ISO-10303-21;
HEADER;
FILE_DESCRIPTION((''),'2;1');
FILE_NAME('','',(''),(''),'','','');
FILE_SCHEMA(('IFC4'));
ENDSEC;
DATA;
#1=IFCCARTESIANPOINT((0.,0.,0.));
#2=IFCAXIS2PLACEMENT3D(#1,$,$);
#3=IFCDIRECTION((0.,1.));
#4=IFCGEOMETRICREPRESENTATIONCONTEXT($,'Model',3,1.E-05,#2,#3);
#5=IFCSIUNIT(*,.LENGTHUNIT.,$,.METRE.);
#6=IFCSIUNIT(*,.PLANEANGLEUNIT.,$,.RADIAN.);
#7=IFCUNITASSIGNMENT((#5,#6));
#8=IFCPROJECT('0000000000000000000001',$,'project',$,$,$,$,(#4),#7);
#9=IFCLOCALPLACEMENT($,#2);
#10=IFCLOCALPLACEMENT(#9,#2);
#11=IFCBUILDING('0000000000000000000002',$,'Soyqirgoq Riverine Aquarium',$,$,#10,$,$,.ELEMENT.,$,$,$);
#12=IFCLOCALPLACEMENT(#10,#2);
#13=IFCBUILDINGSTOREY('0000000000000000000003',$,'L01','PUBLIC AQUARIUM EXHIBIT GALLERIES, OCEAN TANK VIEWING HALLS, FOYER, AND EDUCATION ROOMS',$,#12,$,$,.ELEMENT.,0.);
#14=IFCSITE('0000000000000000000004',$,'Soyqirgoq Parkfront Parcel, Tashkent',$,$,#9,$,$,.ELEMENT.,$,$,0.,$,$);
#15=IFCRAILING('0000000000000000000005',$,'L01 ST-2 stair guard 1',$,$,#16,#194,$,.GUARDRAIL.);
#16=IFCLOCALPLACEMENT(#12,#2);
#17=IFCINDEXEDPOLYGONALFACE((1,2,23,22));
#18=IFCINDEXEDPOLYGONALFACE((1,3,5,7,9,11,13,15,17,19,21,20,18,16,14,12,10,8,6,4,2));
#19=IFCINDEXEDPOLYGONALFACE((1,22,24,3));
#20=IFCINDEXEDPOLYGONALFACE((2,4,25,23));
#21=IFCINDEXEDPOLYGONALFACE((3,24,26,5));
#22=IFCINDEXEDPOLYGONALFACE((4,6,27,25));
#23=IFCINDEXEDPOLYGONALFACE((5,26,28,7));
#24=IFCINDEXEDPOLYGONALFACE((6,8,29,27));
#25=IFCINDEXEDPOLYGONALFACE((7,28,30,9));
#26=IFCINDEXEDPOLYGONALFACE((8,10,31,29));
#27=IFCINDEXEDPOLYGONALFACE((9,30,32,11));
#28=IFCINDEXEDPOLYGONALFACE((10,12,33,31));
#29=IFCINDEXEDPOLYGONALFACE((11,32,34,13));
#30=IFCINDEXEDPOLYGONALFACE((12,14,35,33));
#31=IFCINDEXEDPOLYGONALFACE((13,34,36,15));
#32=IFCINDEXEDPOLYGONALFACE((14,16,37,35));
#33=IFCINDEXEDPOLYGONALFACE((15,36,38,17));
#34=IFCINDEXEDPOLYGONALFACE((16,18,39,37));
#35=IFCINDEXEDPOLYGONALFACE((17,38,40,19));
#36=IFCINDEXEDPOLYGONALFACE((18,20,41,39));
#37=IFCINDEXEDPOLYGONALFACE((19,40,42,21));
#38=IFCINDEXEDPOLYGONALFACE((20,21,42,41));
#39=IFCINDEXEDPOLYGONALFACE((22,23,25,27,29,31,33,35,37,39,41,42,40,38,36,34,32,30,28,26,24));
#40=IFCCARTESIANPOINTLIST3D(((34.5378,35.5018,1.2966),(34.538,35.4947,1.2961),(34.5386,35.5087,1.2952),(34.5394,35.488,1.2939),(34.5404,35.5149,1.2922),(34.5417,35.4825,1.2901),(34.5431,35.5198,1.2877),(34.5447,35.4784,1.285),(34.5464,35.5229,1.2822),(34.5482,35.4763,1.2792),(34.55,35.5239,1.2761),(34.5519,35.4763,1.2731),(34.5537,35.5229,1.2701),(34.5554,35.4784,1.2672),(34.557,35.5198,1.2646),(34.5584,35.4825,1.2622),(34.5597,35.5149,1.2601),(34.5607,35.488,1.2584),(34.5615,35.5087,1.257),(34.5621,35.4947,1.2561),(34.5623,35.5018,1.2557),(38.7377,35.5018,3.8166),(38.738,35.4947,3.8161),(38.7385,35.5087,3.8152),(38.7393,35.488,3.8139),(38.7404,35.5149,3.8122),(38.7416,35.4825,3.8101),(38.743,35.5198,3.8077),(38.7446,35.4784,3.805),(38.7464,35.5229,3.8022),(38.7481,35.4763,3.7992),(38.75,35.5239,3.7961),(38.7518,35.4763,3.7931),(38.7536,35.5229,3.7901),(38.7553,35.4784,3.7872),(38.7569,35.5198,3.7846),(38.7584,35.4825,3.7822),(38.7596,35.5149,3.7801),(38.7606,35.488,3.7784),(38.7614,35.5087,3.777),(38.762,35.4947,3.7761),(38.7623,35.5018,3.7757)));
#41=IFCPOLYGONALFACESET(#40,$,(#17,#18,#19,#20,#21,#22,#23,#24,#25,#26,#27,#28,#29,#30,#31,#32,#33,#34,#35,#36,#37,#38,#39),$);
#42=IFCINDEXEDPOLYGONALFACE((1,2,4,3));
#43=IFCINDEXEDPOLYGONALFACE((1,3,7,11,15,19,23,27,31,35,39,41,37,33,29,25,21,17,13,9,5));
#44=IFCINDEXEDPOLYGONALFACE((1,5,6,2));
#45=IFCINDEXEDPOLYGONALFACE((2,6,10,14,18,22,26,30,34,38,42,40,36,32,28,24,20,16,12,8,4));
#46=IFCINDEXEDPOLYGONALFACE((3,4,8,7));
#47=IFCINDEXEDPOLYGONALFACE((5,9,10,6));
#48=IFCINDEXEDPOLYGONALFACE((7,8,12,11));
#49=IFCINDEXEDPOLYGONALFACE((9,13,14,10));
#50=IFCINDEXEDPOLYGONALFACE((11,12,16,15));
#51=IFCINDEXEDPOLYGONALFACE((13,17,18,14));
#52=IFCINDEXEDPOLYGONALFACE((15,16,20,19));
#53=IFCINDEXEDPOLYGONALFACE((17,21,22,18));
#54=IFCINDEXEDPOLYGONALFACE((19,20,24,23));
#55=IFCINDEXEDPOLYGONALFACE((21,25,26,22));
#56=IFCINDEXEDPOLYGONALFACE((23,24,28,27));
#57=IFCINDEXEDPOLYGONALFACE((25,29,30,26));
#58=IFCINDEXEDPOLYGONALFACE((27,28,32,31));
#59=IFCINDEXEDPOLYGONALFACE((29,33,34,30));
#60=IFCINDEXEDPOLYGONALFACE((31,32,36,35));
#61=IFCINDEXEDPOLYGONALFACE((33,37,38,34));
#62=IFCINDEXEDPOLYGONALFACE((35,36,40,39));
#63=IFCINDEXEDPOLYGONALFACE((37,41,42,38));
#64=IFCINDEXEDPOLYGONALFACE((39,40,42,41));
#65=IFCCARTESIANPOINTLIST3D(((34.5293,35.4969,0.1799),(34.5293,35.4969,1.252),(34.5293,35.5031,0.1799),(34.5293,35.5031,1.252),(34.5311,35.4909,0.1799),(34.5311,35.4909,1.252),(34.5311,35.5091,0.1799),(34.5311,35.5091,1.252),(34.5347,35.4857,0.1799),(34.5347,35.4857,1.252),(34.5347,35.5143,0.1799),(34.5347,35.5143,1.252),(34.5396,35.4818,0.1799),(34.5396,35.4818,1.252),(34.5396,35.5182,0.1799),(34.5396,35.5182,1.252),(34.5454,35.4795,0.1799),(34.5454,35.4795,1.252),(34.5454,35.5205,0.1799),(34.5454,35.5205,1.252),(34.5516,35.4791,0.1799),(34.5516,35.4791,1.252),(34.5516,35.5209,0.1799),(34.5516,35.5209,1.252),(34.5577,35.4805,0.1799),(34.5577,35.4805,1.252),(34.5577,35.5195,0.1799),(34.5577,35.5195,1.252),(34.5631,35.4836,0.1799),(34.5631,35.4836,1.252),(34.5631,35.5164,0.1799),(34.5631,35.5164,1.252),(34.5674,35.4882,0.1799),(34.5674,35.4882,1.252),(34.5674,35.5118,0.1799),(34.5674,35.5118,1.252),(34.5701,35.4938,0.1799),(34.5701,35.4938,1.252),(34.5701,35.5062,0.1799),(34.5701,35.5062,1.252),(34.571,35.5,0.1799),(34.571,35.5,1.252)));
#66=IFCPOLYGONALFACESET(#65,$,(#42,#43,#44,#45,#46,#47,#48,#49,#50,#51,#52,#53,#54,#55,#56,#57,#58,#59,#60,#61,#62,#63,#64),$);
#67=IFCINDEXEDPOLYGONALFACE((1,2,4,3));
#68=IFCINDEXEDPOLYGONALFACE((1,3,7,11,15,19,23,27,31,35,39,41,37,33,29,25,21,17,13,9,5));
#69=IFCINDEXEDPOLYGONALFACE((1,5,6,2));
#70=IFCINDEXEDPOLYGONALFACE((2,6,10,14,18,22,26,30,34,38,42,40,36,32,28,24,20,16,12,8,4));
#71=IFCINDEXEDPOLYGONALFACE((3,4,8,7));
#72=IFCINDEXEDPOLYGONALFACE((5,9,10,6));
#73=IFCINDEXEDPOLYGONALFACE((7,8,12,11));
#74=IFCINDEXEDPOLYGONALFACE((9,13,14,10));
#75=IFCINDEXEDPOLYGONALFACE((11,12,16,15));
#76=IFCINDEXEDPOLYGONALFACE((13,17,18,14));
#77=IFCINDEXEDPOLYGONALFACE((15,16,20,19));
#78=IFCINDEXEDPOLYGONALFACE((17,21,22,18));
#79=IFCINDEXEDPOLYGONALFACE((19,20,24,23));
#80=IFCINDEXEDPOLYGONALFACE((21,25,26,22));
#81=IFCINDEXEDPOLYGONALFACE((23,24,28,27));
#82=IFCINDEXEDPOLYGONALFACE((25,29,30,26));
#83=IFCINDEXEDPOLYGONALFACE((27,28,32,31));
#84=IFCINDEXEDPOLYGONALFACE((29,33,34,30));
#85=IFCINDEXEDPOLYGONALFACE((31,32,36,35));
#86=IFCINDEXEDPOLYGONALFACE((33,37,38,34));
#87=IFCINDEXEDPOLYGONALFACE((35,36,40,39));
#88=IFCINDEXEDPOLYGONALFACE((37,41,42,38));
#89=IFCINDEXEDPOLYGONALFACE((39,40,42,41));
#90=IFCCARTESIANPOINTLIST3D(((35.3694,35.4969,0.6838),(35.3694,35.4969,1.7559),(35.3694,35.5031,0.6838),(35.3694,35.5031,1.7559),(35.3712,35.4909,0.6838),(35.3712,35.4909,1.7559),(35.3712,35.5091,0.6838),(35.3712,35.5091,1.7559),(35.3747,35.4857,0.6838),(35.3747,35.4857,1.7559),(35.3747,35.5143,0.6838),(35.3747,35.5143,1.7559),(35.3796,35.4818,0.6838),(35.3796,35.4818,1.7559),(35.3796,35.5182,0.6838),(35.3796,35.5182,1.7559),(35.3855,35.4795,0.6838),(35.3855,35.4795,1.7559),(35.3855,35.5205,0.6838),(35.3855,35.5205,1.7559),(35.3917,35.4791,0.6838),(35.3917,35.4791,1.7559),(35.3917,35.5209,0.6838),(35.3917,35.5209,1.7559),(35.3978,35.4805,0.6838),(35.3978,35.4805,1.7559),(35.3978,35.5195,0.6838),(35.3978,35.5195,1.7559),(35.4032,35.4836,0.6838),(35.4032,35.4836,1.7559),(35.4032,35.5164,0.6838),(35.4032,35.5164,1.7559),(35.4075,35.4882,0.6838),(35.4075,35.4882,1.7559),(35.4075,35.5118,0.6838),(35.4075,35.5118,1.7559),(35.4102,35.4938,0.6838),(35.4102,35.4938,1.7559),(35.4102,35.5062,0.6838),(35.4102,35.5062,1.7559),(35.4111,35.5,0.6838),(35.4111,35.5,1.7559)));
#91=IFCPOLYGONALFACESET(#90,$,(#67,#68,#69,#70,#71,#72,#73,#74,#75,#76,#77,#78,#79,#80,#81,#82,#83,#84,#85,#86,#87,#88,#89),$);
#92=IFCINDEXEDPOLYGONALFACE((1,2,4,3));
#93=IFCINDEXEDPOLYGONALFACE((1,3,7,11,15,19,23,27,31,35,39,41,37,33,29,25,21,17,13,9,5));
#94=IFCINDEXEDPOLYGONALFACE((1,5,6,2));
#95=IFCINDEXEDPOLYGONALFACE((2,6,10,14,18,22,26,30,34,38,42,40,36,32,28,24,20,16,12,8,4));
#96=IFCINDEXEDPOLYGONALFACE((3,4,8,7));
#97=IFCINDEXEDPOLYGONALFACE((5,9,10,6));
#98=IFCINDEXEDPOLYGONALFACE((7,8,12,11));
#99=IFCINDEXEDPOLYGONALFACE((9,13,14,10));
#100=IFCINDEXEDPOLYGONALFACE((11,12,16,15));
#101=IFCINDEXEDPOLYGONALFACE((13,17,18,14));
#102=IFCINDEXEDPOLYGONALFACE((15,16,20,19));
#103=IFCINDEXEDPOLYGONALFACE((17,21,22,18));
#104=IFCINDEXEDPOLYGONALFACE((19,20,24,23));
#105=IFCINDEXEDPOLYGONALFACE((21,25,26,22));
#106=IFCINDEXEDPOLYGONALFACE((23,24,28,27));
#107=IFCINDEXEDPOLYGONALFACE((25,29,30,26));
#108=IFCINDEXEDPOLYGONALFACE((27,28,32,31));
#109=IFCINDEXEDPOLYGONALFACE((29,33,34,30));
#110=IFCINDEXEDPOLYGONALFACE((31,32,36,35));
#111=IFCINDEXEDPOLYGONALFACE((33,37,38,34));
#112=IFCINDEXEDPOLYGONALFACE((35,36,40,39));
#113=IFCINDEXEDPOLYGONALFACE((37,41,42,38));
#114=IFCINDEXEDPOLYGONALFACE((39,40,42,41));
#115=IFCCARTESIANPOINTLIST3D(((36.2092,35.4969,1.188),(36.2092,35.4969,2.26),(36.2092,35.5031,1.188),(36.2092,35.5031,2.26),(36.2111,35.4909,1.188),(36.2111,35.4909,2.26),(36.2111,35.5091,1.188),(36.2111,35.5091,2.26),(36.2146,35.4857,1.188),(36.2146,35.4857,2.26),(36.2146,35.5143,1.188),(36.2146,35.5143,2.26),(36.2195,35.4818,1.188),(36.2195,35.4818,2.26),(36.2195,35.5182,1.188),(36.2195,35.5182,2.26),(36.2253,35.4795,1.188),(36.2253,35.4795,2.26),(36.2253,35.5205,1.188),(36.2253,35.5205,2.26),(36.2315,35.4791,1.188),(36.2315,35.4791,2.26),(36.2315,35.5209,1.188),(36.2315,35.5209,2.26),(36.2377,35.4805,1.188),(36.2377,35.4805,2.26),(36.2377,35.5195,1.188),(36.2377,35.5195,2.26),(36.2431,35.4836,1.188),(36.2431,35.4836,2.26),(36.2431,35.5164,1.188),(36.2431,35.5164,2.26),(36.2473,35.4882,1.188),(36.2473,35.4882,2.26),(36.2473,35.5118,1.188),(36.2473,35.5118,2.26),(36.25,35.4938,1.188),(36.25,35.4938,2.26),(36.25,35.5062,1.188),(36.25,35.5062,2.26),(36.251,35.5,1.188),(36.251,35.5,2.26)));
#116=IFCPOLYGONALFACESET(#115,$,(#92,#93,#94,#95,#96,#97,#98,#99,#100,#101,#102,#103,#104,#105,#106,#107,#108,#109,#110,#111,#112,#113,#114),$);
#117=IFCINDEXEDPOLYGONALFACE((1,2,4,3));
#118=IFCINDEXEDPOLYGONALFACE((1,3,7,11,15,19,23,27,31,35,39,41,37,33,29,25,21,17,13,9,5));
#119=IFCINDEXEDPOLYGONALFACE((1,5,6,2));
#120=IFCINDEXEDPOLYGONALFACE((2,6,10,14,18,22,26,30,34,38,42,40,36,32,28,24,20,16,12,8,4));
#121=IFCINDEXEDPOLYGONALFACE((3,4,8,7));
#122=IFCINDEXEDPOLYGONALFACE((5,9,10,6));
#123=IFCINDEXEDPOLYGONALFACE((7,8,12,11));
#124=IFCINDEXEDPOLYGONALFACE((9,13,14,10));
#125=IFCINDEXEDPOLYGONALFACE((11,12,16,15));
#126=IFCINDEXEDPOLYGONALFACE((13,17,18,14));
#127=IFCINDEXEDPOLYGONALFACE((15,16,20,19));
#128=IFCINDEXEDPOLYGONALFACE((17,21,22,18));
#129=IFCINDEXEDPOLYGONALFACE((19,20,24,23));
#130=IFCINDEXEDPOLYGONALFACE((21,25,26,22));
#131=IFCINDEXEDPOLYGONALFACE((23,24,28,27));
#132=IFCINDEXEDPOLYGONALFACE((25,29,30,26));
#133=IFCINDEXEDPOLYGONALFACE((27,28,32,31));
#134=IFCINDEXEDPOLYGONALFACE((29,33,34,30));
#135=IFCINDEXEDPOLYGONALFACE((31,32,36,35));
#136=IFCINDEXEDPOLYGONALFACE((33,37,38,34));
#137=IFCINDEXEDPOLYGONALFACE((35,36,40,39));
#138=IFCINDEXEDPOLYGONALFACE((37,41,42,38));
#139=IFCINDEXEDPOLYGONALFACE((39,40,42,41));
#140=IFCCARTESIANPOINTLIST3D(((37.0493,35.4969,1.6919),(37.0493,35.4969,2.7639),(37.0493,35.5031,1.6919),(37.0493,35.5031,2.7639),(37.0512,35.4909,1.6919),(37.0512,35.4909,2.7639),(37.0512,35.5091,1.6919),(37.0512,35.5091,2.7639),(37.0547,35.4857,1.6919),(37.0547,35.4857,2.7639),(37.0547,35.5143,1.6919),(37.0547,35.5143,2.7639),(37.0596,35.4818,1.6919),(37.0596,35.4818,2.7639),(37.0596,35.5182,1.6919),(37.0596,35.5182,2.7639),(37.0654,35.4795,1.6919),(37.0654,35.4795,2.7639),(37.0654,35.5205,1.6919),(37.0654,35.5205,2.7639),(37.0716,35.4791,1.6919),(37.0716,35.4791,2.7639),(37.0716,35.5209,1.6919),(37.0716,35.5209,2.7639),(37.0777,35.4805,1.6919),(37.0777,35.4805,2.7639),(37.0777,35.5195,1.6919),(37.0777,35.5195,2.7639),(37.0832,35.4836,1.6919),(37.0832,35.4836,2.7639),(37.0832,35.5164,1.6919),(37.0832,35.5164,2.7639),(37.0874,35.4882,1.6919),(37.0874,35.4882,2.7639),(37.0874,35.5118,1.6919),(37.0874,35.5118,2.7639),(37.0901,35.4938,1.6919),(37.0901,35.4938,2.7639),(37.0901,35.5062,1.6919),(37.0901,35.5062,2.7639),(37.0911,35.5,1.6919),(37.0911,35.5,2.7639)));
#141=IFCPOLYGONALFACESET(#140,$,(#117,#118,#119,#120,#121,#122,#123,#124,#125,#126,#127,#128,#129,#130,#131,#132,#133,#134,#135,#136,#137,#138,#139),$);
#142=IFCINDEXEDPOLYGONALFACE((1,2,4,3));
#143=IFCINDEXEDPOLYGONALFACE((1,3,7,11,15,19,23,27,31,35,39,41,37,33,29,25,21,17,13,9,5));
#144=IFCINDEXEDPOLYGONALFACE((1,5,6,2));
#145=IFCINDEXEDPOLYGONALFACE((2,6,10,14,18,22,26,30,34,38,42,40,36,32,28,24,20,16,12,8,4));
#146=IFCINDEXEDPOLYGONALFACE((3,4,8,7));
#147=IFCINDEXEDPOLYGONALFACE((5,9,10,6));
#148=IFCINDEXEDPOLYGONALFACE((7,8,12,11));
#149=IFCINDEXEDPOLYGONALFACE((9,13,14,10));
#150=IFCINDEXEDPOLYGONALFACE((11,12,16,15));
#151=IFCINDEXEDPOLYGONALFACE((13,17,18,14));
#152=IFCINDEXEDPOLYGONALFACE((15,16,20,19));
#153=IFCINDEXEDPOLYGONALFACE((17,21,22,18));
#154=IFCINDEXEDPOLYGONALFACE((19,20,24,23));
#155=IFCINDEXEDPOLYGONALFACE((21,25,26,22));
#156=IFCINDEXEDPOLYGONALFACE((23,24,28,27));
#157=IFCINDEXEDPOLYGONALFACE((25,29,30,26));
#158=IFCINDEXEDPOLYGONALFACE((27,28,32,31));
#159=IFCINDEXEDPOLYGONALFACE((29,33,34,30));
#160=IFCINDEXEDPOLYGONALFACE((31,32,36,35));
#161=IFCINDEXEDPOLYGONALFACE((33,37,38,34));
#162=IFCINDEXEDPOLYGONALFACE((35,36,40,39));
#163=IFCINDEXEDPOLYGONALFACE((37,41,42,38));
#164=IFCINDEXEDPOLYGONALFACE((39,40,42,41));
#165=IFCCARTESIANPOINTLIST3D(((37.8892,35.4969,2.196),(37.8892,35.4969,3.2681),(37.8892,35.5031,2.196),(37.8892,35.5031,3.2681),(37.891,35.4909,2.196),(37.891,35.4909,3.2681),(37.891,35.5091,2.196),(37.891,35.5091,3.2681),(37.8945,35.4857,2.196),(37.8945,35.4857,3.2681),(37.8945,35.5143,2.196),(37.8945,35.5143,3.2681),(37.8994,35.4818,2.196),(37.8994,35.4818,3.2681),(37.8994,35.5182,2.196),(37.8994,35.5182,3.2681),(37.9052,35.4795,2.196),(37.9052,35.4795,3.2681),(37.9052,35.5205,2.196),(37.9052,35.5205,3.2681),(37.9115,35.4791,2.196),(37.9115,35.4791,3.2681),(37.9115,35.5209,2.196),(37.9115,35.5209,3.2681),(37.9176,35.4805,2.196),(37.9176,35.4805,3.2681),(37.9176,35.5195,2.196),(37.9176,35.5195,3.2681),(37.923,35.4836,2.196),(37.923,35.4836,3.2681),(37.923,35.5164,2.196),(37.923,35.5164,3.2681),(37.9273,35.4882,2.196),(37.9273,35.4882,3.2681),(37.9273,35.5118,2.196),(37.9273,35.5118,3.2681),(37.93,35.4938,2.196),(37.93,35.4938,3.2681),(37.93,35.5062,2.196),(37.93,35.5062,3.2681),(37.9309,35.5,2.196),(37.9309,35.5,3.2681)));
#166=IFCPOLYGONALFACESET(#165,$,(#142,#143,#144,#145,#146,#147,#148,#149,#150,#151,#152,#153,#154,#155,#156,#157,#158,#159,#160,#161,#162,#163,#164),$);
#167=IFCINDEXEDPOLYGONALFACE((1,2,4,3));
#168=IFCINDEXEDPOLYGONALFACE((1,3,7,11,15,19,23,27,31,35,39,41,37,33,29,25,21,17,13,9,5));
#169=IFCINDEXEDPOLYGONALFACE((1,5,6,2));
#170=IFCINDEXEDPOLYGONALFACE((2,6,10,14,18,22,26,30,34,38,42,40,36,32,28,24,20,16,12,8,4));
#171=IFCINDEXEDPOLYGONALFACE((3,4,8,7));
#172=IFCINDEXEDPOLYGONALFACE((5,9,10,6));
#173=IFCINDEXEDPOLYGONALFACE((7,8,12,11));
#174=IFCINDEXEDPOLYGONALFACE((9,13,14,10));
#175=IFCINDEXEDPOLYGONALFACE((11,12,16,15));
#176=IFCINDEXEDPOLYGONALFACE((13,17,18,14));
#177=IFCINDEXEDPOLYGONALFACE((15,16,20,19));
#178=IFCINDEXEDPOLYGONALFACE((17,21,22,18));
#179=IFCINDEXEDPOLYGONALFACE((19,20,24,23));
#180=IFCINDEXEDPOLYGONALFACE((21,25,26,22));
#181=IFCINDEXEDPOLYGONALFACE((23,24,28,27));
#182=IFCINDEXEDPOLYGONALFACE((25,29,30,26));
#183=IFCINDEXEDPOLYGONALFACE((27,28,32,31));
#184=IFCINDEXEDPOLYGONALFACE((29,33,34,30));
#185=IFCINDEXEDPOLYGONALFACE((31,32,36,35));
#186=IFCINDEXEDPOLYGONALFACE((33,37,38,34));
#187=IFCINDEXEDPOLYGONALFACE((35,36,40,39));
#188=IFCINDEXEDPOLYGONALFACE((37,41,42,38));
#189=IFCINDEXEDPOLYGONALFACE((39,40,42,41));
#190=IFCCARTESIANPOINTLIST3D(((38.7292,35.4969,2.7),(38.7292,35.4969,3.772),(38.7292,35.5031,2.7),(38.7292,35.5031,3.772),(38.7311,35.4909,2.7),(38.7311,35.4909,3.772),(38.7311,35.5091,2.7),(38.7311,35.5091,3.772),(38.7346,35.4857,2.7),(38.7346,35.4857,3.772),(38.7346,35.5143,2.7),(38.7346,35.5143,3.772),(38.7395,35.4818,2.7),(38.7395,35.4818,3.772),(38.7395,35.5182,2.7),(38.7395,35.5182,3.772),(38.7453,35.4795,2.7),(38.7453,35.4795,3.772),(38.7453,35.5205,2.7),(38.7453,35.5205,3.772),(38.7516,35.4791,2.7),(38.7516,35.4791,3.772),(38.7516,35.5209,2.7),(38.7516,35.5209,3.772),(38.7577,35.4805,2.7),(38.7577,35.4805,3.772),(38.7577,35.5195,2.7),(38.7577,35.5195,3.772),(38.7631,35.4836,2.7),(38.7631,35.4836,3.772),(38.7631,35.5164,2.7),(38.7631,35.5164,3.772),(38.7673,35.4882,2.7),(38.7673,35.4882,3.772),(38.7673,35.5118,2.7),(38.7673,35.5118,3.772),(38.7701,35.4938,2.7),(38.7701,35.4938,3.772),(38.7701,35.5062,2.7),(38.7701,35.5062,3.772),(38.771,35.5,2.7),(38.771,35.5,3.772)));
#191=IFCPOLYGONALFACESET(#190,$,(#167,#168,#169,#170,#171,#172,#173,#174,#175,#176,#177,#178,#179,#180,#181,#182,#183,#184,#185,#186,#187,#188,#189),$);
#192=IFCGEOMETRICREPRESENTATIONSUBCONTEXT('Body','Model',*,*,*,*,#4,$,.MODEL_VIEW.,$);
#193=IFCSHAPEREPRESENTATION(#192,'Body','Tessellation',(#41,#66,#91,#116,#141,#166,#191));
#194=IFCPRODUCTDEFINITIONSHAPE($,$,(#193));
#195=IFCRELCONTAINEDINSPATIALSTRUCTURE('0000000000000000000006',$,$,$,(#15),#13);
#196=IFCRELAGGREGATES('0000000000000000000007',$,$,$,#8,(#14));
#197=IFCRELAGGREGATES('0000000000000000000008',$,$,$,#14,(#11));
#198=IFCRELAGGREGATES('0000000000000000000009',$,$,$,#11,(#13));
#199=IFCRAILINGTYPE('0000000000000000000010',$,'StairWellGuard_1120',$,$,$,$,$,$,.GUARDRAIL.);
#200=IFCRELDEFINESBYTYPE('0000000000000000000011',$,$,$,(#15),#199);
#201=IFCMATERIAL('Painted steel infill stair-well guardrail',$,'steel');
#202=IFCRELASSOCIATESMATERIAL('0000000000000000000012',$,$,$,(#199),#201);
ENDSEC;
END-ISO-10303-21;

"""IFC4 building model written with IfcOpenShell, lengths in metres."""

from ifc_helpers import new_model, si_unit, direction, frame, origin, origin_2d, place, context, subcontext, project, spatial, circle, extrude, material, type_object, element, save


model = new_model("IFC4")

# Units and contexts
model_context = context("Model", 3, precision=1e-05, world=origin(), true_north=direction((0.0, 1.0)))
body_context = subcontext(model_context, "Body", "Model", "MODEL_VIEW")
ifc_project = project(units=[si_unit("LENGTHUNIT", "METRE"), si_unit("PLANEANGLEUNIT", "RADIAN")], contexts=[model_context])

# Site, building, storey
site_placement = place(None, origin())
site = spatial("IfcSite", under=ifc_project, at=site_placement, Name="Soyqirgoq Parkfront Parcel, Tashkent", CompositionType="ELEMENT", RefElevation=0.0)
building_placement = place(site_placement, origin())
building = spatial("IfcBuilding", under=site, at=building_placement, Name="Soyqirgoq Riverine Aquarium", CompositionType="ELEMENT")
storey_placement = place(building_placement, origin())
storey = spatial("IfcBuildingStorey", under=building, at=storey_placement, Name="L01", Description="PUBLIC AQUARIUM EXHIBIT GALLERIES, OCEAN TANK VIEWING HALLS, FOYER, AND EDUCATION ROOMS", CompositionType="ELEMENT", Elevation=0.0)

# Railing
ifc_material_1 = material(Name="Painted steel infill stair-well guardrail", Category="steel")
railing_type_1 = type_object("IfcRailingType", Name="StairWellGuard_1120", PredefinedType="GUARDRAIL", material=ifc_material_1)
railing_1_placement = place(storey_placement, frame((34.55, 35.5, 0.1799)))
element("IfcRailing", 1, at=railing_1_placement, inside=storey, type_object=railing_type_1, Name="L01 ST-2 stair guard 1", PredefinedType="GUARDRAIL", context=body_context, shape_type="SweptSolid", body=[
    extrude(circle(Radius=0.0239, at=origin_2d()), frame((0.0, 0.0, 1.0962), z_axis=(0.857489, 0.0, 0.514503), x_axis=(0.0, 1.0, 0.0)), (0.0, 0.0, 1.0), 4.8979),
    extrude(circle(Radius=0.021, at=origin_2d()), origin(), (0.0, 0.0, 1.0), 1.072),
    extrude(circle(Radius=0.021, at=origin_2d()), frame((0.8401, 0.0, 0.5039)), (0.0, 0.0, 1.0), 1.072),
    extrude(circle(Radius=0.021, at=origin_2d()), frame((1.6799, 0.0, 1.0081)), (0.0, 0.0, 1.0), 1.072),
    extrude(circle(Radius=0.021, at=origin_2d()), frame((2.52, 0.0, 1.512)), (0.0, 0.0, 1.0), 1.072),
    extrude(circle(Radius=0.021, at=origin_2d()), frame((3.3599, 0.0, 2.0161)), (0.0, 0.0, 1.0), 1.072),
    extrude(circle(Radius=0.021, at=origin_2d()), frame((4.2, 0.0, 2.52)), (0.0, 0.0, 1.0), 1.072),
])

save(model, "model.ifc")
